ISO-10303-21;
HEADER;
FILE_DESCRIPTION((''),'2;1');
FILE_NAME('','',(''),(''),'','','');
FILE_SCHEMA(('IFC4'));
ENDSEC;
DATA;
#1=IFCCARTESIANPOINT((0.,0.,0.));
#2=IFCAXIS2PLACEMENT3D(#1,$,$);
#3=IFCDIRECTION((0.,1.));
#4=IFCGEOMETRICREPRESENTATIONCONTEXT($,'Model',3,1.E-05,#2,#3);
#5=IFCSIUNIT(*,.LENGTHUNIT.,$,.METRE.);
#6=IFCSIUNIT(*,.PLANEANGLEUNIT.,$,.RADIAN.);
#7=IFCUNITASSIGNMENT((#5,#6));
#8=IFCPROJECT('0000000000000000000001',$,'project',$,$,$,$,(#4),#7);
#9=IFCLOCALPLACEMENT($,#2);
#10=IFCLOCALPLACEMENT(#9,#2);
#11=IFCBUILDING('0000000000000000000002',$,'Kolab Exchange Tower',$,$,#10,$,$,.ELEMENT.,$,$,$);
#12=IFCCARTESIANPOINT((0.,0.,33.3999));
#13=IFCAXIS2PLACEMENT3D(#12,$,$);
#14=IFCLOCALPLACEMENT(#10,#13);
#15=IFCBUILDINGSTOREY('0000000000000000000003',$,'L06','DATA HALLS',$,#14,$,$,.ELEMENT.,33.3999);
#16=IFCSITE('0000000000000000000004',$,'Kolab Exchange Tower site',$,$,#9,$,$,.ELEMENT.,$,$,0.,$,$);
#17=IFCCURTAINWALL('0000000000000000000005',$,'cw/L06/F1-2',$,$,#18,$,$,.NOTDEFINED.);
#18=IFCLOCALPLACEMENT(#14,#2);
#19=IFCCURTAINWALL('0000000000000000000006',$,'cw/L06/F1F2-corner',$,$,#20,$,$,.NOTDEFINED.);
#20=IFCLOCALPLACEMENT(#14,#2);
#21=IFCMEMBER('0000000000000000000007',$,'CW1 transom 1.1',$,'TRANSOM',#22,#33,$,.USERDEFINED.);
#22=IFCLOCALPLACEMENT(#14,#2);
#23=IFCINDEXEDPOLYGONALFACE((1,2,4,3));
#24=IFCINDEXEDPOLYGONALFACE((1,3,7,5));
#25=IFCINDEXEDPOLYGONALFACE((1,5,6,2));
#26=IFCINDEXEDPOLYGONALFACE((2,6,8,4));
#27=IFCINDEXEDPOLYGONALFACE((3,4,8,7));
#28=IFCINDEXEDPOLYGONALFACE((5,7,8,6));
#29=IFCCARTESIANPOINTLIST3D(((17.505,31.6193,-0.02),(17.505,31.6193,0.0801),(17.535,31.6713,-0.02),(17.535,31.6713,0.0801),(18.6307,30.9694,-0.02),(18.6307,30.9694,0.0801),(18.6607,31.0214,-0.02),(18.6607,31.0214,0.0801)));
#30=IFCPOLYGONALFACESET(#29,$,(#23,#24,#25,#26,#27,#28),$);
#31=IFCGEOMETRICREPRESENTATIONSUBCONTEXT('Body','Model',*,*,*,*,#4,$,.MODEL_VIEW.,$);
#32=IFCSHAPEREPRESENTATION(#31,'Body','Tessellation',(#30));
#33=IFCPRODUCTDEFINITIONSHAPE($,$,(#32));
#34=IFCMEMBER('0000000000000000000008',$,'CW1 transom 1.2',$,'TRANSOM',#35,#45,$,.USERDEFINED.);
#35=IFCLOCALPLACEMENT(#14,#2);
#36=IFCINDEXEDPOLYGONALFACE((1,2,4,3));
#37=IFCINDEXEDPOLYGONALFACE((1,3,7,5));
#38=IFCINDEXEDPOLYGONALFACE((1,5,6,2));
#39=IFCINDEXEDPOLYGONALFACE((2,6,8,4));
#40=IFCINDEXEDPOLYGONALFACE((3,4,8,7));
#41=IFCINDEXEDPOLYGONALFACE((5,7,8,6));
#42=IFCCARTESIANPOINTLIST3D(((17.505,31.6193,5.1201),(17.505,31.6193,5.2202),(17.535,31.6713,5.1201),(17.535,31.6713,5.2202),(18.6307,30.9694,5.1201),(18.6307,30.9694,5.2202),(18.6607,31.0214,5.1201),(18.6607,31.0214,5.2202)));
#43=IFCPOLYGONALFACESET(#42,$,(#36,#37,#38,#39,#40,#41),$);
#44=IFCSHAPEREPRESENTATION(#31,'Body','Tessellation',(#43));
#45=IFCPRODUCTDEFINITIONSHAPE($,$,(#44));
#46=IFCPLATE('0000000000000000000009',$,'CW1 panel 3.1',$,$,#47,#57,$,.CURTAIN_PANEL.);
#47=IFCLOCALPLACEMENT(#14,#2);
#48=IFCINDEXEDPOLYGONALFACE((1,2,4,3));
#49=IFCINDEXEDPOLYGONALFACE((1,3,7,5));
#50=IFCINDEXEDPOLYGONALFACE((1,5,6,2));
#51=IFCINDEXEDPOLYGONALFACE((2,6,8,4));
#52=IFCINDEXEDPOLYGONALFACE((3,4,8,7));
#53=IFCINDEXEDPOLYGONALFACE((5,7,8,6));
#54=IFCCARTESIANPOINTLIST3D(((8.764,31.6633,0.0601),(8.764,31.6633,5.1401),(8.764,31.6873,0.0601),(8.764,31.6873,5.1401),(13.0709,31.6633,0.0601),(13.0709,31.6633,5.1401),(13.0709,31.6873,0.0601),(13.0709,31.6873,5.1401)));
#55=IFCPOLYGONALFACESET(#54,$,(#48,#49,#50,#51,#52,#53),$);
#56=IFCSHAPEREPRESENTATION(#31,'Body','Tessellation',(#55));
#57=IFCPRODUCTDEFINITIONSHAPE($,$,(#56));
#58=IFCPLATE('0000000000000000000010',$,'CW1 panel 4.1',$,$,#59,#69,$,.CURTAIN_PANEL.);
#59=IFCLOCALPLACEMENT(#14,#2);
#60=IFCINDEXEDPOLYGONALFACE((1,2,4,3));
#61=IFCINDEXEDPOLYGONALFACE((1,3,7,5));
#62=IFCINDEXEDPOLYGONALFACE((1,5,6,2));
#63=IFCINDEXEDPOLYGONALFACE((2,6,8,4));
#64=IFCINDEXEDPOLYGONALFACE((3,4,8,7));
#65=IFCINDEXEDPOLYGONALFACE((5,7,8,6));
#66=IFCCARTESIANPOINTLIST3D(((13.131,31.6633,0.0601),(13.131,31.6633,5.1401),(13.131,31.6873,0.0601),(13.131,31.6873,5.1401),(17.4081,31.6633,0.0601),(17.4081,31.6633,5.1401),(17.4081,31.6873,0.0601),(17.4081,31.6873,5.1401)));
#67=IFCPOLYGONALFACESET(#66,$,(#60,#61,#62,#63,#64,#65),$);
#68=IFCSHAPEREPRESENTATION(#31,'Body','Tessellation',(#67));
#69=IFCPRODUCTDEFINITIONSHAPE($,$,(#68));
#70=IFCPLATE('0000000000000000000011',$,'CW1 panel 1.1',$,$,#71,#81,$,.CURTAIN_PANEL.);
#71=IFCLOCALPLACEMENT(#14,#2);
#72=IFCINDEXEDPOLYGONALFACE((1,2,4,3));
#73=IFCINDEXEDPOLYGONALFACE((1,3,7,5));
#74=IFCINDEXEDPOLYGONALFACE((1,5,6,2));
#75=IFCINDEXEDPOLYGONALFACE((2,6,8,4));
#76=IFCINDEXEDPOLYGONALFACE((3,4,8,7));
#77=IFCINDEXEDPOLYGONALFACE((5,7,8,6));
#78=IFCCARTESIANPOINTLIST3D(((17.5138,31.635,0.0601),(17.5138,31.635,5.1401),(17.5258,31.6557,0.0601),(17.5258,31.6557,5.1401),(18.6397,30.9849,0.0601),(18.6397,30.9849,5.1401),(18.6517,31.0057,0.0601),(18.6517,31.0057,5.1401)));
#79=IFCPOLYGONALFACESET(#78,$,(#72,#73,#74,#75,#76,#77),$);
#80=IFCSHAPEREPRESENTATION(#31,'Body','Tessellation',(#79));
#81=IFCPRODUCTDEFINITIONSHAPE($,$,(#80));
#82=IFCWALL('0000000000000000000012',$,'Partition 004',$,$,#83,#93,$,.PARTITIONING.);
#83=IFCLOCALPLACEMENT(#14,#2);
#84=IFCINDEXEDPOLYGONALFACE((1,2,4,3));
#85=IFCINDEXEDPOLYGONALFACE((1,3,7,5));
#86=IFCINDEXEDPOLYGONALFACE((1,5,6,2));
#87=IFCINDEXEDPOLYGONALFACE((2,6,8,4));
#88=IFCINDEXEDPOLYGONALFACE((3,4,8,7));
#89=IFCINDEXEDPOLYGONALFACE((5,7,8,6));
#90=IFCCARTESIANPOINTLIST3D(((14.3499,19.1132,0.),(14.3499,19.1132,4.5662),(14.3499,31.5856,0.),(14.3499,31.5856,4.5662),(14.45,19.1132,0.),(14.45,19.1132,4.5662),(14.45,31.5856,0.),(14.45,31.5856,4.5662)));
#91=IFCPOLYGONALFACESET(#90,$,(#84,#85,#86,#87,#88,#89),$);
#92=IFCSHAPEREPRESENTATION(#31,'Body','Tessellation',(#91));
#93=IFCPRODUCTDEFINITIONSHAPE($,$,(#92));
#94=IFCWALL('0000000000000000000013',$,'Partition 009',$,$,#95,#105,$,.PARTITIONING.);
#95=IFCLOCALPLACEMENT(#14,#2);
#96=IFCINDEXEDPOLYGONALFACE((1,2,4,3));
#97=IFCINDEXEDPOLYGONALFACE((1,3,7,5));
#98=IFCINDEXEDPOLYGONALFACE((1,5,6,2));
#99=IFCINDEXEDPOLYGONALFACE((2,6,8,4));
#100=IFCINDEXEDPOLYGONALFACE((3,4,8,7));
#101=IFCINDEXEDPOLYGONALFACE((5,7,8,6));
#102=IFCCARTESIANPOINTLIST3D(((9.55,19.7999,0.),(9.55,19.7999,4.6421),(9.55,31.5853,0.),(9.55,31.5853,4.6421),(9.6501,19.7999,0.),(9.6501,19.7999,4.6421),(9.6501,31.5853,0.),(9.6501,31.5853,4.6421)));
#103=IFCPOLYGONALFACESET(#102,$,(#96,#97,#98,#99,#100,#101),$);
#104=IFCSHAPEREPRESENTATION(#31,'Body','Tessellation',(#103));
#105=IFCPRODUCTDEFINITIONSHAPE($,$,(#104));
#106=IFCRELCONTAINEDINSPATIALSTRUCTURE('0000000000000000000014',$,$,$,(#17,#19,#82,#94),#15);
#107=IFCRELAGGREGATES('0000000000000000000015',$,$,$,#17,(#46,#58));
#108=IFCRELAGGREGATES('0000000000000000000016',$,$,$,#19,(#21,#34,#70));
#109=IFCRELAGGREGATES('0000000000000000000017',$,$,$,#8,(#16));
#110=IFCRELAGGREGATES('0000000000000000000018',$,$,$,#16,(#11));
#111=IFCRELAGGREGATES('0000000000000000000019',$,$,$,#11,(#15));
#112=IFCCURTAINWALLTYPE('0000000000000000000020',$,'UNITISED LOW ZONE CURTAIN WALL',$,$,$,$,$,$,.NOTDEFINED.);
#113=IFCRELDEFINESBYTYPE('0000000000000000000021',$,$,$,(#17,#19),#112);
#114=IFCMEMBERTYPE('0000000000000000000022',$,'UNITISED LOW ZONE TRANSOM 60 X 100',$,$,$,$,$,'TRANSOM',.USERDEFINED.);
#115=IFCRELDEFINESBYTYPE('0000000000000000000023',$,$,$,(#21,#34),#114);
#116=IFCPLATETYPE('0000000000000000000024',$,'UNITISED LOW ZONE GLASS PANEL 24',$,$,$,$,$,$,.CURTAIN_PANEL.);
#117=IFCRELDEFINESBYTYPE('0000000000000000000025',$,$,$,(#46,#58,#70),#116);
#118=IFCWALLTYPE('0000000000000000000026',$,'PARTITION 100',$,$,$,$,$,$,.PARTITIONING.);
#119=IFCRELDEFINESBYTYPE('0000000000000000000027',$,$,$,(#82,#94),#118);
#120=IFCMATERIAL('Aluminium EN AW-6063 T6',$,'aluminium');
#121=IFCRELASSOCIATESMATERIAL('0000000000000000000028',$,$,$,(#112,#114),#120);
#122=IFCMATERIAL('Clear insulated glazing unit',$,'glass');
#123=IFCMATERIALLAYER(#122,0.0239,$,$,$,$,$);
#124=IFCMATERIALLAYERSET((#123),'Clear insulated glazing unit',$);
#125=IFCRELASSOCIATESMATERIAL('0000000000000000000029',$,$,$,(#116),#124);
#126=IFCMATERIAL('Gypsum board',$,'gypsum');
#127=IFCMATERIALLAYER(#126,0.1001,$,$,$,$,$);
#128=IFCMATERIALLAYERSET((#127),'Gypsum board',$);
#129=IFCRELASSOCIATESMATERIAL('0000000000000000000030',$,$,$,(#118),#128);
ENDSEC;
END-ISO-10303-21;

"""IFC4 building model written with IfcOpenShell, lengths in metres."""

from ifc_helpers import new_model, si_unit, direction, frame, frame_2d, origin, origin_2d, place, context, subcontext, project, spatial, rectangle, extrude, material, layer, layer_set, material_profile, profile_set, type_object, element, aggregate, save


model = new_model("IFC4")

# Units and contexts
model_context = context("Model", 3, precision=1e-05, world=origin(), true_north=direction((0.0, 1.0)))
body_context = subcontext(model_context, "Body", "Model", "MODEL_VIEW")
ifc_project = project(units=[si_unit("LENGTHUNIT", "METRE"), si_unit("PLANEANGLEUNIT", "RADIAN")], contexts=[model_context])

# Site, building, storey
site_placement = place(None, origin())
site = spatial("IfcSite", under=ifc_project, at=site_placement, Name="Kolab Exchange Tower site", CompositionType="ELEMENT", RefElevation=0.0)
building_placement = place(site_placement, origin())
building = spatial("IfcBuilding", under=site, at=building_placement, Name="Kolab Exchange Tower", CompositionType="ELEMENT")
storey_placement = place(building_placement, frame((0.0, 0.0, 33.3999)))
storey = spatial("IfcBuildingStorey", under=building, at=storey_placement, Name="L06", Description="DATA HALLS", CompositionType="ELEMENT", Elevation=33.3999)

# Curtain wall
ifc_material_1 = material(Name="Aluminium EN AW-6063 T6", Category="aluminium")
curtain_wall_type = type_object("IfcCurtainWallType", Name="UNITISED LOW ZONE CURTAIN WALL", PredefinedType="NOTDEFINED", material=ifc_material_1)
curtain_wall_1_placement = place(storey_placement, origin())
curtain_wall_1 = element("IfcCurtainWall", 1, at=curtain_wall_1_placement, inside=storey, type_object=curtain_wall_type, Name="cw/L06/F1-2", PredefinedType="NOTDEFINED")

# Curtain wall
curtain_wall_2_placement = place(storey_placement, origin())
curtain_wall_2 = element("IfcCurtainWall", 2, at=curtain_wall_2_placement, inside=storey, type_object=curtain_wall_type, Name="cw/L06/F1F2-corner", PredefinedType="NOTDEFINED")

# Members
ifc_material_profile_1 = material_profile(ifc_material_1, rectangle(XDim=0.0601, YDim=0.1001, at=origin_2d()), Name="RECT 60X100")
ifc_profile_set_1 = profile_set([ifc_material_profile_1], Name="Aluminium EN AW-6063 T6")
member_type_1 = type_object("IfcMemberType", Name="UNITISED LOW ZONE TRANSOM 60 X 100", ElementType="TRANSOM", PredefinedType="USERDEFINED", material=ifc_profile_set_1)
member_1_placement = place(storey_placement, frame((17.52, 31.6453, 0.03), z_axis=(0.866039, -0.499977, 0.0), x_axis=(0.499977, 0.866039, 0.0)))
member_1 = element("IfcMember", 3, at=member_1_placement, type_object=member_type_1, Name="CW1 transom 1.1", ObjectType="TRANSOM", PredefinedType="USERDEFINED", context=body_context, shape_type="SweptSolid", body=[
    extrude(rectangle(XDim=0.0601, YDim=0.1001, at=origin_2d()), origin(), (0.0, 0.0, 1.0), 1.2998),
])
member_2_placement = place(storey_placement, frame((17.52, 31.6453, 5.1702), z_axis=(0.866039, -0.499977, 0.0), x_axis=(0.499977, 0.866039, 0.0)))
member_2 = element("IfcMember", 4, at=member_2_placement, type_object=member_type_1, Name="CW1 transom 1.2", ObjectType="TRANSOM", PredefinedType="USERDEFINED", context=body_context, shape_type="SweptSolid", body=[
    extrude(rectangle(XDim=0.0601, YDim=0.1001, at=origin_2d()), origin(), (0.0, 0.0, 1.0), 1.2998),
])

# Plates
ifc_material_2 = material(Name="Clear insulated glazing unit", Category="glass")
ifc_layer_1 = layer(ifc_material_2, 0.0239)
ifc_layer_set_1 = layer_set([ifc_layer_1], Name="Clear insulated glazing unit")
plate_type = type_object("IfcPlateType", Name="UNITISED LOW ZONE GLASS PANEL 24", PredefinedType="CURTAIN_PANEL", material=ifc_layer_set_1)
plate_1_placement = place(storey_placement, frame((10.9175, 31.6753, 0.0601), z_axis=(0.0, 0.0, 1.0), x_axis=(1.0, 0.0, 0.0)))
plate_1 = element("IfcPlate", 5, at=plate_1_placement, type_object=plate_type, Name="CW1 panel 3.1", PredefinedType="CURTAIN_PANEL", context=body_context, shape_type="SweptSolid", body=[
    extrude(rectangle(XDim=4.3069, YDim=0.0239, at=origin_2d()), origin(), (0.0, 0.0, 1.0), 5.0801),
])
plate_2_placement = place(storey_placement, frame((15.2695, 31.6753, 0.0601), z_axis=(0.0, 0.0, 1.0), x_axis=(1.0, 0.0, 0.0)))
plate_2 = element("IfcPlate", 6, at=plate_2_placement, type_object=plate_type, Name="CW1 panel 4.1", PredefinedType="CURTAIN_PANEL", context=body_context, shape_type="SweptSolid", body=[
    extrude(rectangle(XDim=4.2771, YDim=0.0239, at=origin_2d()), origin(), (0.0, 0.0, 1.0), 5.0801),
])
aggregate(curtain_wall_1, [plate_1, plate_2])
plate_3_placement = place(storey_placement, frame((18.0828, 31.3203, 0.0601), z_axis=(0.0, 0.0, 1.0), x_axis=(0.866025, -0.5, 0.0)))
plate_3 = element("IfcPlate", 7, at=plate_3_placement, type_object=plate_type, Name="CW1 panel 1.1", PredefinedType="CURTAIN_PANEL", context=body_context, shape_type="SweptSolid", body=[
    extrude(rectangle(XDim=1.3, YDim=0.0239, at=origin_2d()), origin(), (0.0, 0.0, 1.0), 5.0801),
])
aggregate(curtain_wall_2, [member_1, member_2, plate_3])

# Walls
ifc_material_3 = material(Name="Gypsum board", Category="gypsum")
ifc_layer_2 = layer(ifc_material_3, 0.1001)
ifc_layer_set_2 = layer_set([ifc_layer_2], Name="Gypsum board")
wall_type = type_object("IfcWallType", Name="PARTITION 100", PredefinedType="PARTITIONING", material=ifc_layer_set_2)
wall_1_placement = place(storey_placement, frame((14.3999, 19.113, 0.0), z_axis=(0.0, 0.0, 1.0), x_axis=(0.0, 1.0, 0.0)))
element("IfcWall", 8, at=wall_1_placement, inside=storey, type_object=wall_type, Name="Partition 004", PredefinedType="PARTITIONING", context=body_context, shape_type="SweptSolid", body=[
    extrude(rectangle(XDim=12.4724, YDim=0.1001, at=frame_2d((6.2363, 0.0))), origin(), (0.0, 0.0, 1.0), 4.5662),
])
wall_2_placement = place(storey_placement, frame((9.6001, 19.8, 0.0), z_axis=(0.0, 0.0, 1.0), x_axis=(0.0, 1.0, 0.0)))
element("IfcWall", 9, at=wall_2_placement, inside=storey, type_object=wall_type, Name="Partition 009", PredefinedType="PARTITIONING", context=body_context, shape_type="SweptSolid", body=[
    extrude(rectangle(XDim=11.7854, YDim=0.1001, at=frame_2d((5.8926, 0.0))), origin(), (0.0, 0.0, 1.0), 4.6421),
])

save(model, "model.ifc")
